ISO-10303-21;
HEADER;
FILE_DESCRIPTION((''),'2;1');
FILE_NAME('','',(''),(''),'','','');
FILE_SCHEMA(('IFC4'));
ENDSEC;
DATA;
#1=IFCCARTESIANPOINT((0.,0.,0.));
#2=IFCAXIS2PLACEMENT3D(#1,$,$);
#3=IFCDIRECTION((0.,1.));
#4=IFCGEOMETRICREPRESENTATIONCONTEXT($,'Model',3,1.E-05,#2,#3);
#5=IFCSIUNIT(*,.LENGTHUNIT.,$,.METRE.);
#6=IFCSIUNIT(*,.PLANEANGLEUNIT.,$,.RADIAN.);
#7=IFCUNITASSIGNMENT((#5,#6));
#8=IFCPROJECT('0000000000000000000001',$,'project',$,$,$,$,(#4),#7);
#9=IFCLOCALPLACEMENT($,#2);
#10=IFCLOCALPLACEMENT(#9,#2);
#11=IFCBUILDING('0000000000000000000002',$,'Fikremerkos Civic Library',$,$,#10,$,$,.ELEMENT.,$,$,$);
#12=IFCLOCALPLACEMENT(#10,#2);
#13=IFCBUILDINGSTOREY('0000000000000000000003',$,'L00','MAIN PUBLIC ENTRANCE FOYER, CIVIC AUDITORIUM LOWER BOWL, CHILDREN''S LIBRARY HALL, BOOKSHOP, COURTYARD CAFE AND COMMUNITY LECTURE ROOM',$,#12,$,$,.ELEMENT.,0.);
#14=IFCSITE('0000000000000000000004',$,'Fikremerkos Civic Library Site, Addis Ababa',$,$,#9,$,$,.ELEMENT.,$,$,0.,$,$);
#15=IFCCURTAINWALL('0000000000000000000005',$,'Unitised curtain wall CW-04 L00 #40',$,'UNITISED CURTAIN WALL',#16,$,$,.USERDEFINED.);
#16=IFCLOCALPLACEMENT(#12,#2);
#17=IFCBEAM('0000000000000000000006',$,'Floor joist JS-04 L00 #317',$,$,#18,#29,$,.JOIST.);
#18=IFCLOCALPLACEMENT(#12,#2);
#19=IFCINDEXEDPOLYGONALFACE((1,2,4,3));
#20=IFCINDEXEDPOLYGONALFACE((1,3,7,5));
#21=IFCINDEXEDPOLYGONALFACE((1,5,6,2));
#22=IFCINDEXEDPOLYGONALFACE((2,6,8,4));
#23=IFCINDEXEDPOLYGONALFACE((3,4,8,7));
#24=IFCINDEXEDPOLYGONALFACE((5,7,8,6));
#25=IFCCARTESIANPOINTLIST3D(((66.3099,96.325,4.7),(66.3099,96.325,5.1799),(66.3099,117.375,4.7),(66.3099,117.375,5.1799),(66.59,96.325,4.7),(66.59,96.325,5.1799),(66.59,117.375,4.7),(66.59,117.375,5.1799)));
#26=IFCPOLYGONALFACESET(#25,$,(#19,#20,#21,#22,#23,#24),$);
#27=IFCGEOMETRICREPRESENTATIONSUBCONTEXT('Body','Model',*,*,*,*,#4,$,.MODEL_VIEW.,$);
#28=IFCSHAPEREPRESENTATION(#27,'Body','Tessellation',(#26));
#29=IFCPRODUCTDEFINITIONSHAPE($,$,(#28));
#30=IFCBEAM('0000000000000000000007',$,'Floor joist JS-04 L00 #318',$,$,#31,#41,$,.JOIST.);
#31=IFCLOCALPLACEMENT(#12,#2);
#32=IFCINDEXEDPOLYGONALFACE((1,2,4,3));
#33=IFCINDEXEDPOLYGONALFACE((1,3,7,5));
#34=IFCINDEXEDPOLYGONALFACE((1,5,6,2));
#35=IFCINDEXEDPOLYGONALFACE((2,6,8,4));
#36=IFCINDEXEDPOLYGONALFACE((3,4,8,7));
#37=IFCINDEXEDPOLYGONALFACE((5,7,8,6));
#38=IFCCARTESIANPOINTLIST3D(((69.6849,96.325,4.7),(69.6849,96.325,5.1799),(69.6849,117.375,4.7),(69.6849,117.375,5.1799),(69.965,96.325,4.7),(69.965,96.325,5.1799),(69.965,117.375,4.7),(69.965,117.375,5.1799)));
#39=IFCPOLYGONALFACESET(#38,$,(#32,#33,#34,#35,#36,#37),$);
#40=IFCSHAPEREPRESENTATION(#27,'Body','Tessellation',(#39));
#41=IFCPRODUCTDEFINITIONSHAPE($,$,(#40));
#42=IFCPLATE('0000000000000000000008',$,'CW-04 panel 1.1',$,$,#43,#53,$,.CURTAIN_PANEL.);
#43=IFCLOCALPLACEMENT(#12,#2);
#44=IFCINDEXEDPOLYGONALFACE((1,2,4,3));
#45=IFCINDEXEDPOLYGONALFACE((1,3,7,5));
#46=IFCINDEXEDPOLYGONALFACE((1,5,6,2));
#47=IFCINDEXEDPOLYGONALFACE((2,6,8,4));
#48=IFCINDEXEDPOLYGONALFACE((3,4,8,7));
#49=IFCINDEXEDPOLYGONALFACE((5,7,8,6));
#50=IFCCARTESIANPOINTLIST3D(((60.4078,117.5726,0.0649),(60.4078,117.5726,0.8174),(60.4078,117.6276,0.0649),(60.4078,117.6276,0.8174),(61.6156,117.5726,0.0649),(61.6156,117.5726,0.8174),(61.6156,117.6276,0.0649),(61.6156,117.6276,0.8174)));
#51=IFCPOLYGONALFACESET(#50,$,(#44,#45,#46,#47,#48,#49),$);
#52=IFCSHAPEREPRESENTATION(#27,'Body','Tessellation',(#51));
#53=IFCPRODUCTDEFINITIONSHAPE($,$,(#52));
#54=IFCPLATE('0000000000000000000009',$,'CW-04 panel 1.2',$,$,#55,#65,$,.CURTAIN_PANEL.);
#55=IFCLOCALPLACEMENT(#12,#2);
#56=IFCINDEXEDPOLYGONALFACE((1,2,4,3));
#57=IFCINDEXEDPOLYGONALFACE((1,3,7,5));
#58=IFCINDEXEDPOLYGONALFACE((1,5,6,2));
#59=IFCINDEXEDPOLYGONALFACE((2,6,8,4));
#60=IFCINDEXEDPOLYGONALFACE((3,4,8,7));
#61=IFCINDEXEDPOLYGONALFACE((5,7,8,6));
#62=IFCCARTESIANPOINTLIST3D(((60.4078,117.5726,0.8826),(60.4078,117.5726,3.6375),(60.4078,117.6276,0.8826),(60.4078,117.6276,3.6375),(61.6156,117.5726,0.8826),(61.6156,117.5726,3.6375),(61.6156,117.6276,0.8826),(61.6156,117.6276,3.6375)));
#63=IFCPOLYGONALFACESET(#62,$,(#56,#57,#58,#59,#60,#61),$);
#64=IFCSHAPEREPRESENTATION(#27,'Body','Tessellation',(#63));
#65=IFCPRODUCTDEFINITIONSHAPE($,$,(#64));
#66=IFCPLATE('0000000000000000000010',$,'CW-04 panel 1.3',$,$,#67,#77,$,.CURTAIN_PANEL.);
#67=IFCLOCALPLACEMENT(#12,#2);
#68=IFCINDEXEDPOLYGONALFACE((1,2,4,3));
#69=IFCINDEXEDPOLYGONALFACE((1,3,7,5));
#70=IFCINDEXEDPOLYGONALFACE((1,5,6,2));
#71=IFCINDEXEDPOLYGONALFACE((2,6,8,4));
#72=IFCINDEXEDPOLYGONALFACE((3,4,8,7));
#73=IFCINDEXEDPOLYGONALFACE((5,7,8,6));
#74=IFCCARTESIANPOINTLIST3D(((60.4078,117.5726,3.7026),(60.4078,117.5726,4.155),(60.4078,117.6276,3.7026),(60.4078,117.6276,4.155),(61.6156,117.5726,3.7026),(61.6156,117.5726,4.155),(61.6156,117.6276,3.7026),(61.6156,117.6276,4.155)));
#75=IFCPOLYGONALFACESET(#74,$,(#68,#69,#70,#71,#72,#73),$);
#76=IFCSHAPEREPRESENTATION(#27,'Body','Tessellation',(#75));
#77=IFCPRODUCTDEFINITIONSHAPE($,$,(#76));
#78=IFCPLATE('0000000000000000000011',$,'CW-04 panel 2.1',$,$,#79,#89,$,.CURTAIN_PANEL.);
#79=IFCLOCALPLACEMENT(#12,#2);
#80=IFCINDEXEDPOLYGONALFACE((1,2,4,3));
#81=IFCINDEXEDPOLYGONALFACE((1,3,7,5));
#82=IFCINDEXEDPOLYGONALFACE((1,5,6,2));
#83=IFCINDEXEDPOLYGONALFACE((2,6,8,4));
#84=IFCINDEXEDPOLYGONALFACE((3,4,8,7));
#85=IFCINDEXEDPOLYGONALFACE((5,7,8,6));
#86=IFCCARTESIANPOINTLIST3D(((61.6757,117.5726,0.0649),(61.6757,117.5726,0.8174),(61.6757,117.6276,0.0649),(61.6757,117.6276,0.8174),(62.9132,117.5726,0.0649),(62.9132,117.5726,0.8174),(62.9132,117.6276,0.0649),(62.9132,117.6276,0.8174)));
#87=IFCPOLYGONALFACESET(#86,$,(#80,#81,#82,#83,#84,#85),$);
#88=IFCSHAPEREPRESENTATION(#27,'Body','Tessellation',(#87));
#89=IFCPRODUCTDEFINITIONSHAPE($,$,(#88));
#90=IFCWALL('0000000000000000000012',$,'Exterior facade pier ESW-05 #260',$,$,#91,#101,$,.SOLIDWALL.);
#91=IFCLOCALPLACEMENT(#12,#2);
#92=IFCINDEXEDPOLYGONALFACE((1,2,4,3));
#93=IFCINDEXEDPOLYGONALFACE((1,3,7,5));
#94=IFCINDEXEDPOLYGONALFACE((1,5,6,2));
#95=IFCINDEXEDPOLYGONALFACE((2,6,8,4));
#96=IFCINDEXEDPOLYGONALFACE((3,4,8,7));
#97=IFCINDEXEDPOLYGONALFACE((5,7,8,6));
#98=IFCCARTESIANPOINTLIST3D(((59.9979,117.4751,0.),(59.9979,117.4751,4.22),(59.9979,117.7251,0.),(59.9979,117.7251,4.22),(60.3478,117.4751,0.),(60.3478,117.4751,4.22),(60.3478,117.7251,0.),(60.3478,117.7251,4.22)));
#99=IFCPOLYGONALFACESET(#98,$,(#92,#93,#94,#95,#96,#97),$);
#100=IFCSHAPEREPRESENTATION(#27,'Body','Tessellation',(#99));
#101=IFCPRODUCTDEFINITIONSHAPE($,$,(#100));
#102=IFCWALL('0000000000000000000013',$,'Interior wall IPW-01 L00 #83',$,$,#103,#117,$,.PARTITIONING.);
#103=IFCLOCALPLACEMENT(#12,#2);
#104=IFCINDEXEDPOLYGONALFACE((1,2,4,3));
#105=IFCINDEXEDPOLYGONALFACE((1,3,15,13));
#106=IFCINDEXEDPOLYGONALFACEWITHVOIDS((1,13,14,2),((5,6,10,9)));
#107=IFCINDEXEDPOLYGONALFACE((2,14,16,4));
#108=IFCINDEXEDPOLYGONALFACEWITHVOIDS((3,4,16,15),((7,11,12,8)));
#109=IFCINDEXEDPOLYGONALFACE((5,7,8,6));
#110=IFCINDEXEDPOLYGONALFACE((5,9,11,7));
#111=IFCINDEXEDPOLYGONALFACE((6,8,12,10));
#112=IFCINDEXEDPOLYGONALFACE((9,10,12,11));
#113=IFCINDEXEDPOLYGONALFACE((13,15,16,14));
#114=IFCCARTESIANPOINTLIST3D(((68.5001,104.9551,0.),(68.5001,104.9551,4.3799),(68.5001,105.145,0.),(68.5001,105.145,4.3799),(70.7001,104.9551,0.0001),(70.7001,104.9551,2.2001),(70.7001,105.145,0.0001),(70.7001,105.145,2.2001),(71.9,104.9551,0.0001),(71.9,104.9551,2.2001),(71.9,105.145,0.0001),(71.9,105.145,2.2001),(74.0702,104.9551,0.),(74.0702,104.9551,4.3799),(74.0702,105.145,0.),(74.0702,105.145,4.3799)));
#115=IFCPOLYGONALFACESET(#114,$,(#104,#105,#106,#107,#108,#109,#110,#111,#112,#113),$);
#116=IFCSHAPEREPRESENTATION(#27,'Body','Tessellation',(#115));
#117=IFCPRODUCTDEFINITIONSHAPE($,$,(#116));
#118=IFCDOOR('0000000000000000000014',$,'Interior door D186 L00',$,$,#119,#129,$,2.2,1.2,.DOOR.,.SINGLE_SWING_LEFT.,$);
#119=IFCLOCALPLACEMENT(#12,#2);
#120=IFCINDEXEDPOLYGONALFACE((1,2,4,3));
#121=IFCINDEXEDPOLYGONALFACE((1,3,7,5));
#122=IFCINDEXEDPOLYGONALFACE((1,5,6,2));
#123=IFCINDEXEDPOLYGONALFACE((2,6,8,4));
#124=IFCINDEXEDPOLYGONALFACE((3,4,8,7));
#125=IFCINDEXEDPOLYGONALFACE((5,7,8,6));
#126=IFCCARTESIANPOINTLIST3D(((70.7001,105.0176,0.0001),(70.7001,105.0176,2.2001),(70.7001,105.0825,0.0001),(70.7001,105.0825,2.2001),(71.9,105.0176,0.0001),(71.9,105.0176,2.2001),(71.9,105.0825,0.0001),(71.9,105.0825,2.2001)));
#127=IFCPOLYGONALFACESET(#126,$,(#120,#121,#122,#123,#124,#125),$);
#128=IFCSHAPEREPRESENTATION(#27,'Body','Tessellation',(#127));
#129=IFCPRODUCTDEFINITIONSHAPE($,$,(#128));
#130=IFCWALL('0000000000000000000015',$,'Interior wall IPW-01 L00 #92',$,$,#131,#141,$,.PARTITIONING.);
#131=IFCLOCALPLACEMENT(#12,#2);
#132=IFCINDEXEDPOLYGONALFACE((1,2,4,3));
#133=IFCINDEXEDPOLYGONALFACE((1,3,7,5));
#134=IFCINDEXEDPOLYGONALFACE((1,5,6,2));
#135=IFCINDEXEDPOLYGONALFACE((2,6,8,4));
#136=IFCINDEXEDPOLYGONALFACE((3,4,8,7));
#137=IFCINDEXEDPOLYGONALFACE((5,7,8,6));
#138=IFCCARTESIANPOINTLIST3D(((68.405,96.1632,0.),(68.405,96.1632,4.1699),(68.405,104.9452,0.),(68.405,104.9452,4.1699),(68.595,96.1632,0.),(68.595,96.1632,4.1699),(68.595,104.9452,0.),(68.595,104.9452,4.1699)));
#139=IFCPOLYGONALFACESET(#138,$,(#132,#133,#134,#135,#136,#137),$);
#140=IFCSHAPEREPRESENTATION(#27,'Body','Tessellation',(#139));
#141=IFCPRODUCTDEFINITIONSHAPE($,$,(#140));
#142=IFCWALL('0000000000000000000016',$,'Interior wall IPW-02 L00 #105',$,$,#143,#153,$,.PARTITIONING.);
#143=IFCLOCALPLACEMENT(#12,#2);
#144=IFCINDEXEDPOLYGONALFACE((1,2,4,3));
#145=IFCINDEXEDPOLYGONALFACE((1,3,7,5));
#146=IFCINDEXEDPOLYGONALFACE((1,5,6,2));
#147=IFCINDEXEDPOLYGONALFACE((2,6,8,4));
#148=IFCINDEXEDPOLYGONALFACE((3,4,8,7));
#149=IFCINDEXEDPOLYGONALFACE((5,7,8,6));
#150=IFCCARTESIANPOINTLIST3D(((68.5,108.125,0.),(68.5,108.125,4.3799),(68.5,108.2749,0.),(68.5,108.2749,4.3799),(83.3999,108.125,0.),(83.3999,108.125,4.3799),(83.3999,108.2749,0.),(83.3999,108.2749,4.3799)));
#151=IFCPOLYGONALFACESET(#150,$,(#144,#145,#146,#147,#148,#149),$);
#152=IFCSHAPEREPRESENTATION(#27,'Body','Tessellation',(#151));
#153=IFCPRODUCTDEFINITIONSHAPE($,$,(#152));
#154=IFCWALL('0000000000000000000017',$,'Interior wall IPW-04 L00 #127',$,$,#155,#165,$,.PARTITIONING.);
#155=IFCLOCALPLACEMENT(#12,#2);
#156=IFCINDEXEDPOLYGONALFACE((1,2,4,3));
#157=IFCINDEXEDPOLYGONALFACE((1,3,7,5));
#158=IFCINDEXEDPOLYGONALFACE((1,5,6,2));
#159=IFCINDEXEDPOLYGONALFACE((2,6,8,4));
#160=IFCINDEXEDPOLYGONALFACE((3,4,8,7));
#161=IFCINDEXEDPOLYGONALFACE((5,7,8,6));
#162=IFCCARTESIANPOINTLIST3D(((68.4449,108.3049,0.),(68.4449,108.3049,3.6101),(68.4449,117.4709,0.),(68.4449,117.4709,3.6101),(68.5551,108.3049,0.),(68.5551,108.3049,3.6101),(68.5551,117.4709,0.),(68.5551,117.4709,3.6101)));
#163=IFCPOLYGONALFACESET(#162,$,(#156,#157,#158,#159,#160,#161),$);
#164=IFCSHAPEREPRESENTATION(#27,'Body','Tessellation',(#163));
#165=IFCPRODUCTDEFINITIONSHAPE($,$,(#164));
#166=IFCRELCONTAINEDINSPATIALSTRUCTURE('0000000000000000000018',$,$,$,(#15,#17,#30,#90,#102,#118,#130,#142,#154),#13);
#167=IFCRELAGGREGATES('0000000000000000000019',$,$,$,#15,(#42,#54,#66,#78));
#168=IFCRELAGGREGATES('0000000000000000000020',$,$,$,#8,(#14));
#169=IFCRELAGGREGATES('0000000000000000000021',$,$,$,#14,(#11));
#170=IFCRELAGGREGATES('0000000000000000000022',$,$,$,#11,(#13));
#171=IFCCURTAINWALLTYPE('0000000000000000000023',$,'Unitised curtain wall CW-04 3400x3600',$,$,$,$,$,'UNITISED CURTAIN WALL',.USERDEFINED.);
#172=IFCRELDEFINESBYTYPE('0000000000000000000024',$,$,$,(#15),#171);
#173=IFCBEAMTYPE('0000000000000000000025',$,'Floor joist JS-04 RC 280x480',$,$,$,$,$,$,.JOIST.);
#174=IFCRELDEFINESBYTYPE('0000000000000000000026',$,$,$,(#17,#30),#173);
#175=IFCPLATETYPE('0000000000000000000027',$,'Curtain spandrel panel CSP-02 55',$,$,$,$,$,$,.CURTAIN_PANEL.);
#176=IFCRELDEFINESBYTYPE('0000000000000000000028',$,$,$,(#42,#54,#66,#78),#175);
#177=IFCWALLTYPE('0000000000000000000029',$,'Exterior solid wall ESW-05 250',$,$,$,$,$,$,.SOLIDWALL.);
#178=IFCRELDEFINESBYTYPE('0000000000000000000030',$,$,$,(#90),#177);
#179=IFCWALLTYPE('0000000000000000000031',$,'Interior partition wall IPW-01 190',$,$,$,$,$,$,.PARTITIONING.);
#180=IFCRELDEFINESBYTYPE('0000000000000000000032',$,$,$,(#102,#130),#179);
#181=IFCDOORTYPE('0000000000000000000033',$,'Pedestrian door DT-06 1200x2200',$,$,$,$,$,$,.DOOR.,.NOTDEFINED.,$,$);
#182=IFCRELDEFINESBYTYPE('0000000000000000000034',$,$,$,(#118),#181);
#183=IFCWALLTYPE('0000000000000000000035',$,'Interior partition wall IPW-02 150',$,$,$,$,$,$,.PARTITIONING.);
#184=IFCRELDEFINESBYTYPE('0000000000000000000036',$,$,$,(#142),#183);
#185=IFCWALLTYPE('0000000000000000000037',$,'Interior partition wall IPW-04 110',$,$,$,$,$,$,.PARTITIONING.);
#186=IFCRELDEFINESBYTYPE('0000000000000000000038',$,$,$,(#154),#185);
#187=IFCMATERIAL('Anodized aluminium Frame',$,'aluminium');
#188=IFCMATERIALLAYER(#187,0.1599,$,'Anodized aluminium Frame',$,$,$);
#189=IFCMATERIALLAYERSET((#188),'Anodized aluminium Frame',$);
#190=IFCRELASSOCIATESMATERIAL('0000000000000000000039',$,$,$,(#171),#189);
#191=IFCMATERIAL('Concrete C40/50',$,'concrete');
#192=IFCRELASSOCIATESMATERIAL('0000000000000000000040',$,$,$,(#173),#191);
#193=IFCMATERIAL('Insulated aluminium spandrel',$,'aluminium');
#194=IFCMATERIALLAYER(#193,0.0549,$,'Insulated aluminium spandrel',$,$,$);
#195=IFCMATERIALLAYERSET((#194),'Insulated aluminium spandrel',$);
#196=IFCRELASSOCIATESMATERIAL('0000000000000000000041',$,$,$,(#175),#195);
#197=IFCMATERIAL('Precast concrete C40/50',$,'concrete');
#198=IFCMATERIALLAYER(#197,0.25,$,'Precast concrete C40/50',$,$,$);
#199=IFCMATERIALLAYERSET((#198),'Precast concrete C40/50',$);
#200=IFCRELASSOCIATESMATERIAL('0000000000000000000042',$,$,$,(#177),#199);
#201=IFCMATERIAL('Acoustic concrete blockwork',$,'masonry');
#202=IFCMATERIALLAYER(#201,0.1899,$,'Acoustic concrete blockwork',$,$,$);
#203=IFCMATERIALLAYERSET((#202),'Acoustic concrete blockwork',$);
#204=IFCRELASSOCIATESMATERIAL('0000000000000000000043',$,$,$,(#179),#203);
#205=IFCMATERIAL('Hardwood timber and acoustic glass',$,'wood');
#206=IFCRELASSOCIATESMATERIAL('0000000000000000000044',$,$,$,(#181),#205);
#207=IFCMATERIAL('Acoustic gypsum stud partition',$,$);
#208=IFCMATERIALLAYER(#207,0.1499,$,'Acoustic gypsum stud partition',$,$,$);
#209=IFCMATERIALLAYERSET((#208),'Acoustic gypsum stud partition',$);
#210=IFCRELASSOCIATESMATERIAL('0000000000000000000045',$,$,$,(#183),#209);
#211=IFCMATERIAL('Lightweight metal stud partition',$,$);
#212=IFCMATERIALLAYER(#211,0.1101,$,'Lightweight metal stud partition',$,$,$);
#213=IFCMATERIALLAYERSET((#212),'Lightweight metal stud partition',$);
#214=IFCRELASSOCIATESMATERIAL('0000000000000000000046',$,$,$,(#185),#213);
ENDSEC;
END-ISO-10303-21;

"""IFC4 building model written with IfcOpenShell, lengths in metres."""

from ifc_helpers import new_model, si_unit, direction, frame, frame_2d, origin, origin_2d, place, context, subcontext, project, spatial, rectangle, extrude, material, layer, layer_set, material_profile, profile_set, type_object, element, fill, aggregate, save


model = new_model("IFC4")

# Units and contexts
model_context = context("Model", 3, precision=1e-05, world=origin(), true_north=direction((0.0, 1.0)))
body_context = subcontext(model_context, "Body", "Model", "MODEL_VIEW")
ifc_project = project(units=[si_unit("LENGTHUNIT", "METRE"), si_unit("PLANEANGLEUNIT", "RADIAN")], contexts=[model_context])

# Site, building, storey
site_placement = place(None, origin())
site = spatial("IfcSite", under=ifc_project, at=site_placement, Name="Fikremerkos Civic Library Site, Addis Ababa", CompositionType="ELEMENT", RefElevation=0.0)
building_placement = place(site_placement, origin())
building = spatial("IfcBuilding", under=site, at=building_placement, Name="Fikremerkos Civic Library", CompositionType="ELEMENT")
storey_placement = place(building_placement, origin())
storey = spatial("IfcBuildingStorey", under=building, at=storey_placement, Name="L00", Description="MAIN PUBLIC ENTRANCE FOYER, CIVIC AUDITORIUM LOWER BOWL, CHILDREN'S LIBRARY HALL, BOOKSHOP, COURTYARD CAFE AND COMMUNITY LECTURE ROOM", CompositionType="ELEMENT", Elevation=0.0)

# Curtain wall
ifc_material_1 = material(Name="Anodized aluminium Frame", Category="aluminium")
ifc_layer_1 = layer(ifc_material_1, 0.1599, Name="Anodized aluminium Frame")
ifc_layer_set_1 = layer_set([ifc_layer_1], Name="Anodized aluminium Frame")
curtain_wall_type = type_object("IfcCurtainWallType", Name="Unitised curtain wall CW-04 3400x3600", ElementType="UNITISED CURTAIN WALL", PredefinedType="USERDEFINED", material=ifc_layer_set_1)
curtain_wall_placement = place(storey_placement, origin())
curtain_wall = element("IfcCurtainWall", 1, at=curtain_wall_placement, inside=storey, type_object=curtain_wall_type, Name="Unitised curtain wall CW-04 L00 #40", ObjectType="UNITISED CURTAIN WALL", PredefinedType="USERDEFINED")

# Beams
ifc_material_2 = material(Name="Concrete C40/50", Category="concrete")
ifc_material_profile_1 = material_profile(ifc_material_2, rectangle(XDim=0.28, YDim=0.48, at=origin_2d()), Name="RC 280x480")
ifc_profile_set_1 = profile_set([ifc_material_profile_1], Name="Concrete C40/50")
beam_type = type_object("IfcBeamType", Name="Floor joist JS-04 RC 280x480", PredefinedType="JOIST", material=ifc_profile_set_1)
for number, where, z_axis, x_axis, name in (
    (2, (66.45, 96.325, 4.9399), (0.0, 1.0, 0.0), (-1.0, 0.0, 0.0), "Floor joist JS-04 L00 #317"),
    (3, (69.825, 96.325, 4.9399), (0.0, 1.0, 0.0), (-1.0, 0.0, 0.0), "Floor joist JS-04 L00 #318"),
):
    element("IfcBeam", number, at=place(storey_placement, frame(where, z_axis=z_axis, x_axis=x_axis)), inside=storey, type_object=beam_type, Name=name, PredefinedType="JOIST", context=body_context, shape_type="SweptSolid", body=[
        extrude(rectangle(XDim=0.28, YDim=0.48, at=origin_2d()), origin(), (0.0, 0.0, 1.0), 21.05),
    ])

# Plates
ifc_material_3 = material(Name="Insulated aluminium spandrel", Category="aluminium")
ifc_layer_2 = layer(ifc_material_3, 0.0549, Name="Insulated aluminium spandrel")
ifc_layer_set_2 = layer_set([ifc_layer_2], Name="Insulated aluminium spandrel")
plate_type = type_object("IfcPlateType", Name="Curtain spandrel panel CSP-02 55", PredefinedType="CURTAIN_PANEL", material=ifc_layer_set_2)
plate_1_placement = place(storey_placement, frame((61.0117, 117.6001, 0.0649), z_axis=(0.0, 0.0, 1.0), x_axis=(1.0, 0.0, 0.0)))
plate_1 = element("IfcPlate", 4, at=plate_1_placement, type_object=plate_type, Name="CW-04 panel 1.1", PredefinedType="CURTAIN_PANEL", context=body_context, shape_type="SweptSolid", body=[
    extrude(rectangle(XDim=1.2078, YDim=0.0549, at=origin_2d()), origin(), (0.0, 0.0, 1.0), 0.7524),
])
plate_2_placement = place(storey_placement, frame((61.0117, 117.6001, 0.8826), z_axis=(0.0, 0.0, 1.0), x_axis=(1.0, 0.0, 0.0)))
plate_2 = element("IfcPlate", 5, at=plate_2_placement, type_object=plate_type, Name="CW-04 panel 1.2", PredefinedType="CURTAIN_PANEL", context=body_context, shape_type="SweptSolid", body=[
    extrude(rectangle(XDim=1.2078, YDim=0.0549, at=origin_2d()), origin(), (0.0, 0.0, 1.0), 2.7549),
])
plate_3_placement = place(storey_placement, frame((61.0117, 117.6001, 3.7026), z_axis=(0.0, 0.0, 1.0), x_axis=(1.0, 0.0, 0.0)))
plate_3 = element("IfcPlate", 6, at=plate_3_placement, type_object=plate_type, Name="CW-04 panel 1.3", PredefinedType="CURTAIN_PANEL", context=body_context, shape_type="SweptSolid", body=[
    extrude(rectangle(XDim=1.2078, YDim=0.0549, at=origin_2d()), origin(), (0.0, 0.0, 1.0), 0.4524),
])
plate_4_placement = place(storey_placement, frame((62.2944, 117.6001, 0.0649), z_axis=(0.0, 0.0, 1.0), x_axis=(1.0, 0.0, 0.0)))
plate_4 = element("IfcPlate", 7, at=plate_4_placement, type_object=plate_type, Name="CW-04 panel 2.1", PredefinedType="CURTAIN_PANEL", context=body_context, shape_type="SweptSolid", body=[
    extrude(rectangle(XDim=1.2375, YDim=0.0549, at=origin_2d()), origin(), (0.0, 0.0, 1.0), 0.7524),
])
aggregate(curtain_wall, [plate_1, plate_2, plate_3, plate_4])

# Wall
ifc_material_4 = material(Name="Precast concrete C40/50", Category="concrete")
ifc_layer_3 = layer(ifc_material_4, 0.25, Name="Precast concrete C40/50")
ifc_layer_set_3 = layer_set([ifc_layer_3], Name="Precast concrete C40/50")
wall_type_1 = type_object("IfcWallType", Name="Exterior solid wall ESW-05 250", PredefinedType="SOLIDWALL", material=ifc_layer_set_3)
wall_1_placement = place(storey_placement, frame((59.998, 117.6001, 0.0), z_axis=(0.0, 0.0, 1.0), x_axis=(1.0, 0.0, 0.0)))
element("IfcWall", 8, at=wall_1_placement, inside=storey, type_object=wall_type_1, Name="Exterior facade pier ESW-05 #260", PredefinedType="SOLIDWALL", context=body_context, shape_type="SweptSolid", body=[
    extrude(rectangle(XDim=0.3499, YDim=0.25, at=frame_2d((0.1748, 0.0))), origin(), (0.0, 0.0, 1.0), 4.22),
])

# Wall, opening, door
ifc_material_5 = material(Name="Acoustic concrete blockwork", Category="masonry")
ifc_layer_4 = layer(ifc_material_5, 0.1899, Name="Acoustic concrete blockwork")
ifc_layer_set_4 = layer_set([ifc_layer_4], Name="Acoustic concrete blockwork")
wall_type_2 = type_object("IfcWallType", Name="Interior partition wall IPW-01 190", PredefinedType="PARTITIONING", material=ifc_layer_set_4)
wall_2_placement = place(storey_placement, frame((68.5, 105.05, 0.0), z_axis=(0.0, 0.0, 1.0), x_axis=(1.0, 0.0, 0.0)))
wall_2 = element("IfcWall", 9, at=wall_2_placement, inside=storey, type_object=wall_type_2, Name="Interior wall IPW-01 L00 #83", PredefinedType="PARTITIONING", context=body_context, shape_type="SweptSolid", body=[
    extrude(rectangle(XDim=5.5701, YDim=0.1899, at=frame_2d((2.7852, 0.0))), origin(), (0.0, 0.0, 1.0), 4.3799),
])
opening_placement = place(wall_2_placement, frame((2.2, 0.0, 0.0)))
opening = element("IfcOpeningElement", 10, at=opening_placement, cuts=wall_2, PredefinedType="OPENING", context=body_context, shape_type="SweptSolid", body=[
    extrude(rectangle(XDim=1.2, YDim=2.2, at=frame_2d((0.6001, 1.1001))), frame((0.0, 0.105, 0.0), z_axis=(0.0, -1.0, 0.0), x_axis=(1.0, 0.0, 0.0)), (0.0, 0.0, 1.0), 0.21),
])
ifc_material_6 = material(Name="Hardwood timber and acoustic glass", Category="wood")
door_type = type_object("IfcDoorType", Name="Pedestrian door DT-06 1200x2200", OperationType="NOTDEFINED", PredefinedType="DOOR", material=ifc_material_6)
door_placement = place(opening_placement, origin())
door = element("IfcDoor", 11, at=door_placement, inside=storey, type_object=door_type, Name="Interior door D186 L00", OperationType="SINGLE_SWING_LEFT", OverallHeight=2.2, OverallWidth=1.2, PredefinedType="DOOR", context=body_context, shape_type="SweptSolid", body=[
    extrude(rectangle(XDim=1.2, YDim=2.2, at=frame_2d((0.6001, 1.1001))), frame((0.0, 0.0325, 0.0), z_axis=(0.0, -1.0, 0.0), x_axis=(1.0, 0.0, 0.0)), (0.0, 0.0, 1.0), 0.0649),
])
fill(opening, door)

# Walls
wall_3_placement = place(storey_placement, frame((68.5, 96.1631, 0.0), z_axis=(0.0, 0.0, 1.0), x_axis=(0.0, 1.0, 0.0)))
element("IfcWall", 12, at=wall_3_placement, inside=storey, type_object=wall_type_2, Name="Interior wall IPW-01 L00 #92", PredefinedType="PARTITIONING", context=body_context, shape_type="SweptSolid", body=[
    extrude(rectangle(XDim=8.782, YDim=0.1899, at=frame_2d((4.3911, 0.0))), origin(), (0.0, 0.0, 1.0), 4.1699),
])
ifc_material_7 = material(Name="Acoustic gypsum stud partition")
ifc_layer_5 = layer(ifc_material_7, 0.1499, Name="Acoustic gypsum stud partition")
ifc_layer_set_5 = layer_set([ifc_layer_5], Name="Acoustic gypsum stud partition")
wall_type_3 = type_object("IfcWallType", Name="Interior partition wall IPW-02 150", PredefinedType="PARTITIONING", material=ifc_layer_set_5)
wall_4_placement = place(storey_placement, frame((68.5, 108.2, 0.0), z_axis=(0.0, 0.0, 1.0), x_axis=(1.0, 0.0, 0.0)))
element("IfcWall", 13, at=wall_4_placement, inside=storey, type_object=wall_type_3, Name="Interior wall IPW-02 L00 #105", PredefinedType="PARTITIONING", context=body_context, shape_type="SweptSolid", body=[
    extrude(rectangle(XDim=14.8999, YDim=0.1499, at=frame_2d((7.45, 0.0))), origin(), (0.0, 0.0, 1.0), 4.3799),
])
ifc_material_8 = material(Name="Lightweight metal stud partition")
ifc_layer_6 = layer(ifc_material_8, 0.1101, Name="Lightweight metal stud partition")
ifc_layer_set_6 = layer_set([ifc_layer_6], Name="Lightweight metal stud partition")
wall_type_4 = type_object("IfcWallType", Name="Interior partition wall IPW-04 110", PredefinedType="PARTITIONING", material=ifc_layer_set_6)
wall_5_placement = place(storey_placement, frame((68.5, 108.3049, 0.0), z_axis=(0.0, 0.0, 1.0), x_axis=(0.0, 1.0, 0.0)))
element("IfcWall", 14, at=wall_5_placement, inside=storey, type_object=wall_type_4, Name="Interior wall IPW-04 L00 #127", PredefinedType="PARTITIONING", context=body_context, shape_type="SweptSolid", body=[
    extrude(rectangle(XDim=9.166, YDim=0.1101, at=frame_2d((4.583, 0.0))), origin(), (0.0, 0.0, 1.0), 3.6101),
])

save(model, "model.ifc")
